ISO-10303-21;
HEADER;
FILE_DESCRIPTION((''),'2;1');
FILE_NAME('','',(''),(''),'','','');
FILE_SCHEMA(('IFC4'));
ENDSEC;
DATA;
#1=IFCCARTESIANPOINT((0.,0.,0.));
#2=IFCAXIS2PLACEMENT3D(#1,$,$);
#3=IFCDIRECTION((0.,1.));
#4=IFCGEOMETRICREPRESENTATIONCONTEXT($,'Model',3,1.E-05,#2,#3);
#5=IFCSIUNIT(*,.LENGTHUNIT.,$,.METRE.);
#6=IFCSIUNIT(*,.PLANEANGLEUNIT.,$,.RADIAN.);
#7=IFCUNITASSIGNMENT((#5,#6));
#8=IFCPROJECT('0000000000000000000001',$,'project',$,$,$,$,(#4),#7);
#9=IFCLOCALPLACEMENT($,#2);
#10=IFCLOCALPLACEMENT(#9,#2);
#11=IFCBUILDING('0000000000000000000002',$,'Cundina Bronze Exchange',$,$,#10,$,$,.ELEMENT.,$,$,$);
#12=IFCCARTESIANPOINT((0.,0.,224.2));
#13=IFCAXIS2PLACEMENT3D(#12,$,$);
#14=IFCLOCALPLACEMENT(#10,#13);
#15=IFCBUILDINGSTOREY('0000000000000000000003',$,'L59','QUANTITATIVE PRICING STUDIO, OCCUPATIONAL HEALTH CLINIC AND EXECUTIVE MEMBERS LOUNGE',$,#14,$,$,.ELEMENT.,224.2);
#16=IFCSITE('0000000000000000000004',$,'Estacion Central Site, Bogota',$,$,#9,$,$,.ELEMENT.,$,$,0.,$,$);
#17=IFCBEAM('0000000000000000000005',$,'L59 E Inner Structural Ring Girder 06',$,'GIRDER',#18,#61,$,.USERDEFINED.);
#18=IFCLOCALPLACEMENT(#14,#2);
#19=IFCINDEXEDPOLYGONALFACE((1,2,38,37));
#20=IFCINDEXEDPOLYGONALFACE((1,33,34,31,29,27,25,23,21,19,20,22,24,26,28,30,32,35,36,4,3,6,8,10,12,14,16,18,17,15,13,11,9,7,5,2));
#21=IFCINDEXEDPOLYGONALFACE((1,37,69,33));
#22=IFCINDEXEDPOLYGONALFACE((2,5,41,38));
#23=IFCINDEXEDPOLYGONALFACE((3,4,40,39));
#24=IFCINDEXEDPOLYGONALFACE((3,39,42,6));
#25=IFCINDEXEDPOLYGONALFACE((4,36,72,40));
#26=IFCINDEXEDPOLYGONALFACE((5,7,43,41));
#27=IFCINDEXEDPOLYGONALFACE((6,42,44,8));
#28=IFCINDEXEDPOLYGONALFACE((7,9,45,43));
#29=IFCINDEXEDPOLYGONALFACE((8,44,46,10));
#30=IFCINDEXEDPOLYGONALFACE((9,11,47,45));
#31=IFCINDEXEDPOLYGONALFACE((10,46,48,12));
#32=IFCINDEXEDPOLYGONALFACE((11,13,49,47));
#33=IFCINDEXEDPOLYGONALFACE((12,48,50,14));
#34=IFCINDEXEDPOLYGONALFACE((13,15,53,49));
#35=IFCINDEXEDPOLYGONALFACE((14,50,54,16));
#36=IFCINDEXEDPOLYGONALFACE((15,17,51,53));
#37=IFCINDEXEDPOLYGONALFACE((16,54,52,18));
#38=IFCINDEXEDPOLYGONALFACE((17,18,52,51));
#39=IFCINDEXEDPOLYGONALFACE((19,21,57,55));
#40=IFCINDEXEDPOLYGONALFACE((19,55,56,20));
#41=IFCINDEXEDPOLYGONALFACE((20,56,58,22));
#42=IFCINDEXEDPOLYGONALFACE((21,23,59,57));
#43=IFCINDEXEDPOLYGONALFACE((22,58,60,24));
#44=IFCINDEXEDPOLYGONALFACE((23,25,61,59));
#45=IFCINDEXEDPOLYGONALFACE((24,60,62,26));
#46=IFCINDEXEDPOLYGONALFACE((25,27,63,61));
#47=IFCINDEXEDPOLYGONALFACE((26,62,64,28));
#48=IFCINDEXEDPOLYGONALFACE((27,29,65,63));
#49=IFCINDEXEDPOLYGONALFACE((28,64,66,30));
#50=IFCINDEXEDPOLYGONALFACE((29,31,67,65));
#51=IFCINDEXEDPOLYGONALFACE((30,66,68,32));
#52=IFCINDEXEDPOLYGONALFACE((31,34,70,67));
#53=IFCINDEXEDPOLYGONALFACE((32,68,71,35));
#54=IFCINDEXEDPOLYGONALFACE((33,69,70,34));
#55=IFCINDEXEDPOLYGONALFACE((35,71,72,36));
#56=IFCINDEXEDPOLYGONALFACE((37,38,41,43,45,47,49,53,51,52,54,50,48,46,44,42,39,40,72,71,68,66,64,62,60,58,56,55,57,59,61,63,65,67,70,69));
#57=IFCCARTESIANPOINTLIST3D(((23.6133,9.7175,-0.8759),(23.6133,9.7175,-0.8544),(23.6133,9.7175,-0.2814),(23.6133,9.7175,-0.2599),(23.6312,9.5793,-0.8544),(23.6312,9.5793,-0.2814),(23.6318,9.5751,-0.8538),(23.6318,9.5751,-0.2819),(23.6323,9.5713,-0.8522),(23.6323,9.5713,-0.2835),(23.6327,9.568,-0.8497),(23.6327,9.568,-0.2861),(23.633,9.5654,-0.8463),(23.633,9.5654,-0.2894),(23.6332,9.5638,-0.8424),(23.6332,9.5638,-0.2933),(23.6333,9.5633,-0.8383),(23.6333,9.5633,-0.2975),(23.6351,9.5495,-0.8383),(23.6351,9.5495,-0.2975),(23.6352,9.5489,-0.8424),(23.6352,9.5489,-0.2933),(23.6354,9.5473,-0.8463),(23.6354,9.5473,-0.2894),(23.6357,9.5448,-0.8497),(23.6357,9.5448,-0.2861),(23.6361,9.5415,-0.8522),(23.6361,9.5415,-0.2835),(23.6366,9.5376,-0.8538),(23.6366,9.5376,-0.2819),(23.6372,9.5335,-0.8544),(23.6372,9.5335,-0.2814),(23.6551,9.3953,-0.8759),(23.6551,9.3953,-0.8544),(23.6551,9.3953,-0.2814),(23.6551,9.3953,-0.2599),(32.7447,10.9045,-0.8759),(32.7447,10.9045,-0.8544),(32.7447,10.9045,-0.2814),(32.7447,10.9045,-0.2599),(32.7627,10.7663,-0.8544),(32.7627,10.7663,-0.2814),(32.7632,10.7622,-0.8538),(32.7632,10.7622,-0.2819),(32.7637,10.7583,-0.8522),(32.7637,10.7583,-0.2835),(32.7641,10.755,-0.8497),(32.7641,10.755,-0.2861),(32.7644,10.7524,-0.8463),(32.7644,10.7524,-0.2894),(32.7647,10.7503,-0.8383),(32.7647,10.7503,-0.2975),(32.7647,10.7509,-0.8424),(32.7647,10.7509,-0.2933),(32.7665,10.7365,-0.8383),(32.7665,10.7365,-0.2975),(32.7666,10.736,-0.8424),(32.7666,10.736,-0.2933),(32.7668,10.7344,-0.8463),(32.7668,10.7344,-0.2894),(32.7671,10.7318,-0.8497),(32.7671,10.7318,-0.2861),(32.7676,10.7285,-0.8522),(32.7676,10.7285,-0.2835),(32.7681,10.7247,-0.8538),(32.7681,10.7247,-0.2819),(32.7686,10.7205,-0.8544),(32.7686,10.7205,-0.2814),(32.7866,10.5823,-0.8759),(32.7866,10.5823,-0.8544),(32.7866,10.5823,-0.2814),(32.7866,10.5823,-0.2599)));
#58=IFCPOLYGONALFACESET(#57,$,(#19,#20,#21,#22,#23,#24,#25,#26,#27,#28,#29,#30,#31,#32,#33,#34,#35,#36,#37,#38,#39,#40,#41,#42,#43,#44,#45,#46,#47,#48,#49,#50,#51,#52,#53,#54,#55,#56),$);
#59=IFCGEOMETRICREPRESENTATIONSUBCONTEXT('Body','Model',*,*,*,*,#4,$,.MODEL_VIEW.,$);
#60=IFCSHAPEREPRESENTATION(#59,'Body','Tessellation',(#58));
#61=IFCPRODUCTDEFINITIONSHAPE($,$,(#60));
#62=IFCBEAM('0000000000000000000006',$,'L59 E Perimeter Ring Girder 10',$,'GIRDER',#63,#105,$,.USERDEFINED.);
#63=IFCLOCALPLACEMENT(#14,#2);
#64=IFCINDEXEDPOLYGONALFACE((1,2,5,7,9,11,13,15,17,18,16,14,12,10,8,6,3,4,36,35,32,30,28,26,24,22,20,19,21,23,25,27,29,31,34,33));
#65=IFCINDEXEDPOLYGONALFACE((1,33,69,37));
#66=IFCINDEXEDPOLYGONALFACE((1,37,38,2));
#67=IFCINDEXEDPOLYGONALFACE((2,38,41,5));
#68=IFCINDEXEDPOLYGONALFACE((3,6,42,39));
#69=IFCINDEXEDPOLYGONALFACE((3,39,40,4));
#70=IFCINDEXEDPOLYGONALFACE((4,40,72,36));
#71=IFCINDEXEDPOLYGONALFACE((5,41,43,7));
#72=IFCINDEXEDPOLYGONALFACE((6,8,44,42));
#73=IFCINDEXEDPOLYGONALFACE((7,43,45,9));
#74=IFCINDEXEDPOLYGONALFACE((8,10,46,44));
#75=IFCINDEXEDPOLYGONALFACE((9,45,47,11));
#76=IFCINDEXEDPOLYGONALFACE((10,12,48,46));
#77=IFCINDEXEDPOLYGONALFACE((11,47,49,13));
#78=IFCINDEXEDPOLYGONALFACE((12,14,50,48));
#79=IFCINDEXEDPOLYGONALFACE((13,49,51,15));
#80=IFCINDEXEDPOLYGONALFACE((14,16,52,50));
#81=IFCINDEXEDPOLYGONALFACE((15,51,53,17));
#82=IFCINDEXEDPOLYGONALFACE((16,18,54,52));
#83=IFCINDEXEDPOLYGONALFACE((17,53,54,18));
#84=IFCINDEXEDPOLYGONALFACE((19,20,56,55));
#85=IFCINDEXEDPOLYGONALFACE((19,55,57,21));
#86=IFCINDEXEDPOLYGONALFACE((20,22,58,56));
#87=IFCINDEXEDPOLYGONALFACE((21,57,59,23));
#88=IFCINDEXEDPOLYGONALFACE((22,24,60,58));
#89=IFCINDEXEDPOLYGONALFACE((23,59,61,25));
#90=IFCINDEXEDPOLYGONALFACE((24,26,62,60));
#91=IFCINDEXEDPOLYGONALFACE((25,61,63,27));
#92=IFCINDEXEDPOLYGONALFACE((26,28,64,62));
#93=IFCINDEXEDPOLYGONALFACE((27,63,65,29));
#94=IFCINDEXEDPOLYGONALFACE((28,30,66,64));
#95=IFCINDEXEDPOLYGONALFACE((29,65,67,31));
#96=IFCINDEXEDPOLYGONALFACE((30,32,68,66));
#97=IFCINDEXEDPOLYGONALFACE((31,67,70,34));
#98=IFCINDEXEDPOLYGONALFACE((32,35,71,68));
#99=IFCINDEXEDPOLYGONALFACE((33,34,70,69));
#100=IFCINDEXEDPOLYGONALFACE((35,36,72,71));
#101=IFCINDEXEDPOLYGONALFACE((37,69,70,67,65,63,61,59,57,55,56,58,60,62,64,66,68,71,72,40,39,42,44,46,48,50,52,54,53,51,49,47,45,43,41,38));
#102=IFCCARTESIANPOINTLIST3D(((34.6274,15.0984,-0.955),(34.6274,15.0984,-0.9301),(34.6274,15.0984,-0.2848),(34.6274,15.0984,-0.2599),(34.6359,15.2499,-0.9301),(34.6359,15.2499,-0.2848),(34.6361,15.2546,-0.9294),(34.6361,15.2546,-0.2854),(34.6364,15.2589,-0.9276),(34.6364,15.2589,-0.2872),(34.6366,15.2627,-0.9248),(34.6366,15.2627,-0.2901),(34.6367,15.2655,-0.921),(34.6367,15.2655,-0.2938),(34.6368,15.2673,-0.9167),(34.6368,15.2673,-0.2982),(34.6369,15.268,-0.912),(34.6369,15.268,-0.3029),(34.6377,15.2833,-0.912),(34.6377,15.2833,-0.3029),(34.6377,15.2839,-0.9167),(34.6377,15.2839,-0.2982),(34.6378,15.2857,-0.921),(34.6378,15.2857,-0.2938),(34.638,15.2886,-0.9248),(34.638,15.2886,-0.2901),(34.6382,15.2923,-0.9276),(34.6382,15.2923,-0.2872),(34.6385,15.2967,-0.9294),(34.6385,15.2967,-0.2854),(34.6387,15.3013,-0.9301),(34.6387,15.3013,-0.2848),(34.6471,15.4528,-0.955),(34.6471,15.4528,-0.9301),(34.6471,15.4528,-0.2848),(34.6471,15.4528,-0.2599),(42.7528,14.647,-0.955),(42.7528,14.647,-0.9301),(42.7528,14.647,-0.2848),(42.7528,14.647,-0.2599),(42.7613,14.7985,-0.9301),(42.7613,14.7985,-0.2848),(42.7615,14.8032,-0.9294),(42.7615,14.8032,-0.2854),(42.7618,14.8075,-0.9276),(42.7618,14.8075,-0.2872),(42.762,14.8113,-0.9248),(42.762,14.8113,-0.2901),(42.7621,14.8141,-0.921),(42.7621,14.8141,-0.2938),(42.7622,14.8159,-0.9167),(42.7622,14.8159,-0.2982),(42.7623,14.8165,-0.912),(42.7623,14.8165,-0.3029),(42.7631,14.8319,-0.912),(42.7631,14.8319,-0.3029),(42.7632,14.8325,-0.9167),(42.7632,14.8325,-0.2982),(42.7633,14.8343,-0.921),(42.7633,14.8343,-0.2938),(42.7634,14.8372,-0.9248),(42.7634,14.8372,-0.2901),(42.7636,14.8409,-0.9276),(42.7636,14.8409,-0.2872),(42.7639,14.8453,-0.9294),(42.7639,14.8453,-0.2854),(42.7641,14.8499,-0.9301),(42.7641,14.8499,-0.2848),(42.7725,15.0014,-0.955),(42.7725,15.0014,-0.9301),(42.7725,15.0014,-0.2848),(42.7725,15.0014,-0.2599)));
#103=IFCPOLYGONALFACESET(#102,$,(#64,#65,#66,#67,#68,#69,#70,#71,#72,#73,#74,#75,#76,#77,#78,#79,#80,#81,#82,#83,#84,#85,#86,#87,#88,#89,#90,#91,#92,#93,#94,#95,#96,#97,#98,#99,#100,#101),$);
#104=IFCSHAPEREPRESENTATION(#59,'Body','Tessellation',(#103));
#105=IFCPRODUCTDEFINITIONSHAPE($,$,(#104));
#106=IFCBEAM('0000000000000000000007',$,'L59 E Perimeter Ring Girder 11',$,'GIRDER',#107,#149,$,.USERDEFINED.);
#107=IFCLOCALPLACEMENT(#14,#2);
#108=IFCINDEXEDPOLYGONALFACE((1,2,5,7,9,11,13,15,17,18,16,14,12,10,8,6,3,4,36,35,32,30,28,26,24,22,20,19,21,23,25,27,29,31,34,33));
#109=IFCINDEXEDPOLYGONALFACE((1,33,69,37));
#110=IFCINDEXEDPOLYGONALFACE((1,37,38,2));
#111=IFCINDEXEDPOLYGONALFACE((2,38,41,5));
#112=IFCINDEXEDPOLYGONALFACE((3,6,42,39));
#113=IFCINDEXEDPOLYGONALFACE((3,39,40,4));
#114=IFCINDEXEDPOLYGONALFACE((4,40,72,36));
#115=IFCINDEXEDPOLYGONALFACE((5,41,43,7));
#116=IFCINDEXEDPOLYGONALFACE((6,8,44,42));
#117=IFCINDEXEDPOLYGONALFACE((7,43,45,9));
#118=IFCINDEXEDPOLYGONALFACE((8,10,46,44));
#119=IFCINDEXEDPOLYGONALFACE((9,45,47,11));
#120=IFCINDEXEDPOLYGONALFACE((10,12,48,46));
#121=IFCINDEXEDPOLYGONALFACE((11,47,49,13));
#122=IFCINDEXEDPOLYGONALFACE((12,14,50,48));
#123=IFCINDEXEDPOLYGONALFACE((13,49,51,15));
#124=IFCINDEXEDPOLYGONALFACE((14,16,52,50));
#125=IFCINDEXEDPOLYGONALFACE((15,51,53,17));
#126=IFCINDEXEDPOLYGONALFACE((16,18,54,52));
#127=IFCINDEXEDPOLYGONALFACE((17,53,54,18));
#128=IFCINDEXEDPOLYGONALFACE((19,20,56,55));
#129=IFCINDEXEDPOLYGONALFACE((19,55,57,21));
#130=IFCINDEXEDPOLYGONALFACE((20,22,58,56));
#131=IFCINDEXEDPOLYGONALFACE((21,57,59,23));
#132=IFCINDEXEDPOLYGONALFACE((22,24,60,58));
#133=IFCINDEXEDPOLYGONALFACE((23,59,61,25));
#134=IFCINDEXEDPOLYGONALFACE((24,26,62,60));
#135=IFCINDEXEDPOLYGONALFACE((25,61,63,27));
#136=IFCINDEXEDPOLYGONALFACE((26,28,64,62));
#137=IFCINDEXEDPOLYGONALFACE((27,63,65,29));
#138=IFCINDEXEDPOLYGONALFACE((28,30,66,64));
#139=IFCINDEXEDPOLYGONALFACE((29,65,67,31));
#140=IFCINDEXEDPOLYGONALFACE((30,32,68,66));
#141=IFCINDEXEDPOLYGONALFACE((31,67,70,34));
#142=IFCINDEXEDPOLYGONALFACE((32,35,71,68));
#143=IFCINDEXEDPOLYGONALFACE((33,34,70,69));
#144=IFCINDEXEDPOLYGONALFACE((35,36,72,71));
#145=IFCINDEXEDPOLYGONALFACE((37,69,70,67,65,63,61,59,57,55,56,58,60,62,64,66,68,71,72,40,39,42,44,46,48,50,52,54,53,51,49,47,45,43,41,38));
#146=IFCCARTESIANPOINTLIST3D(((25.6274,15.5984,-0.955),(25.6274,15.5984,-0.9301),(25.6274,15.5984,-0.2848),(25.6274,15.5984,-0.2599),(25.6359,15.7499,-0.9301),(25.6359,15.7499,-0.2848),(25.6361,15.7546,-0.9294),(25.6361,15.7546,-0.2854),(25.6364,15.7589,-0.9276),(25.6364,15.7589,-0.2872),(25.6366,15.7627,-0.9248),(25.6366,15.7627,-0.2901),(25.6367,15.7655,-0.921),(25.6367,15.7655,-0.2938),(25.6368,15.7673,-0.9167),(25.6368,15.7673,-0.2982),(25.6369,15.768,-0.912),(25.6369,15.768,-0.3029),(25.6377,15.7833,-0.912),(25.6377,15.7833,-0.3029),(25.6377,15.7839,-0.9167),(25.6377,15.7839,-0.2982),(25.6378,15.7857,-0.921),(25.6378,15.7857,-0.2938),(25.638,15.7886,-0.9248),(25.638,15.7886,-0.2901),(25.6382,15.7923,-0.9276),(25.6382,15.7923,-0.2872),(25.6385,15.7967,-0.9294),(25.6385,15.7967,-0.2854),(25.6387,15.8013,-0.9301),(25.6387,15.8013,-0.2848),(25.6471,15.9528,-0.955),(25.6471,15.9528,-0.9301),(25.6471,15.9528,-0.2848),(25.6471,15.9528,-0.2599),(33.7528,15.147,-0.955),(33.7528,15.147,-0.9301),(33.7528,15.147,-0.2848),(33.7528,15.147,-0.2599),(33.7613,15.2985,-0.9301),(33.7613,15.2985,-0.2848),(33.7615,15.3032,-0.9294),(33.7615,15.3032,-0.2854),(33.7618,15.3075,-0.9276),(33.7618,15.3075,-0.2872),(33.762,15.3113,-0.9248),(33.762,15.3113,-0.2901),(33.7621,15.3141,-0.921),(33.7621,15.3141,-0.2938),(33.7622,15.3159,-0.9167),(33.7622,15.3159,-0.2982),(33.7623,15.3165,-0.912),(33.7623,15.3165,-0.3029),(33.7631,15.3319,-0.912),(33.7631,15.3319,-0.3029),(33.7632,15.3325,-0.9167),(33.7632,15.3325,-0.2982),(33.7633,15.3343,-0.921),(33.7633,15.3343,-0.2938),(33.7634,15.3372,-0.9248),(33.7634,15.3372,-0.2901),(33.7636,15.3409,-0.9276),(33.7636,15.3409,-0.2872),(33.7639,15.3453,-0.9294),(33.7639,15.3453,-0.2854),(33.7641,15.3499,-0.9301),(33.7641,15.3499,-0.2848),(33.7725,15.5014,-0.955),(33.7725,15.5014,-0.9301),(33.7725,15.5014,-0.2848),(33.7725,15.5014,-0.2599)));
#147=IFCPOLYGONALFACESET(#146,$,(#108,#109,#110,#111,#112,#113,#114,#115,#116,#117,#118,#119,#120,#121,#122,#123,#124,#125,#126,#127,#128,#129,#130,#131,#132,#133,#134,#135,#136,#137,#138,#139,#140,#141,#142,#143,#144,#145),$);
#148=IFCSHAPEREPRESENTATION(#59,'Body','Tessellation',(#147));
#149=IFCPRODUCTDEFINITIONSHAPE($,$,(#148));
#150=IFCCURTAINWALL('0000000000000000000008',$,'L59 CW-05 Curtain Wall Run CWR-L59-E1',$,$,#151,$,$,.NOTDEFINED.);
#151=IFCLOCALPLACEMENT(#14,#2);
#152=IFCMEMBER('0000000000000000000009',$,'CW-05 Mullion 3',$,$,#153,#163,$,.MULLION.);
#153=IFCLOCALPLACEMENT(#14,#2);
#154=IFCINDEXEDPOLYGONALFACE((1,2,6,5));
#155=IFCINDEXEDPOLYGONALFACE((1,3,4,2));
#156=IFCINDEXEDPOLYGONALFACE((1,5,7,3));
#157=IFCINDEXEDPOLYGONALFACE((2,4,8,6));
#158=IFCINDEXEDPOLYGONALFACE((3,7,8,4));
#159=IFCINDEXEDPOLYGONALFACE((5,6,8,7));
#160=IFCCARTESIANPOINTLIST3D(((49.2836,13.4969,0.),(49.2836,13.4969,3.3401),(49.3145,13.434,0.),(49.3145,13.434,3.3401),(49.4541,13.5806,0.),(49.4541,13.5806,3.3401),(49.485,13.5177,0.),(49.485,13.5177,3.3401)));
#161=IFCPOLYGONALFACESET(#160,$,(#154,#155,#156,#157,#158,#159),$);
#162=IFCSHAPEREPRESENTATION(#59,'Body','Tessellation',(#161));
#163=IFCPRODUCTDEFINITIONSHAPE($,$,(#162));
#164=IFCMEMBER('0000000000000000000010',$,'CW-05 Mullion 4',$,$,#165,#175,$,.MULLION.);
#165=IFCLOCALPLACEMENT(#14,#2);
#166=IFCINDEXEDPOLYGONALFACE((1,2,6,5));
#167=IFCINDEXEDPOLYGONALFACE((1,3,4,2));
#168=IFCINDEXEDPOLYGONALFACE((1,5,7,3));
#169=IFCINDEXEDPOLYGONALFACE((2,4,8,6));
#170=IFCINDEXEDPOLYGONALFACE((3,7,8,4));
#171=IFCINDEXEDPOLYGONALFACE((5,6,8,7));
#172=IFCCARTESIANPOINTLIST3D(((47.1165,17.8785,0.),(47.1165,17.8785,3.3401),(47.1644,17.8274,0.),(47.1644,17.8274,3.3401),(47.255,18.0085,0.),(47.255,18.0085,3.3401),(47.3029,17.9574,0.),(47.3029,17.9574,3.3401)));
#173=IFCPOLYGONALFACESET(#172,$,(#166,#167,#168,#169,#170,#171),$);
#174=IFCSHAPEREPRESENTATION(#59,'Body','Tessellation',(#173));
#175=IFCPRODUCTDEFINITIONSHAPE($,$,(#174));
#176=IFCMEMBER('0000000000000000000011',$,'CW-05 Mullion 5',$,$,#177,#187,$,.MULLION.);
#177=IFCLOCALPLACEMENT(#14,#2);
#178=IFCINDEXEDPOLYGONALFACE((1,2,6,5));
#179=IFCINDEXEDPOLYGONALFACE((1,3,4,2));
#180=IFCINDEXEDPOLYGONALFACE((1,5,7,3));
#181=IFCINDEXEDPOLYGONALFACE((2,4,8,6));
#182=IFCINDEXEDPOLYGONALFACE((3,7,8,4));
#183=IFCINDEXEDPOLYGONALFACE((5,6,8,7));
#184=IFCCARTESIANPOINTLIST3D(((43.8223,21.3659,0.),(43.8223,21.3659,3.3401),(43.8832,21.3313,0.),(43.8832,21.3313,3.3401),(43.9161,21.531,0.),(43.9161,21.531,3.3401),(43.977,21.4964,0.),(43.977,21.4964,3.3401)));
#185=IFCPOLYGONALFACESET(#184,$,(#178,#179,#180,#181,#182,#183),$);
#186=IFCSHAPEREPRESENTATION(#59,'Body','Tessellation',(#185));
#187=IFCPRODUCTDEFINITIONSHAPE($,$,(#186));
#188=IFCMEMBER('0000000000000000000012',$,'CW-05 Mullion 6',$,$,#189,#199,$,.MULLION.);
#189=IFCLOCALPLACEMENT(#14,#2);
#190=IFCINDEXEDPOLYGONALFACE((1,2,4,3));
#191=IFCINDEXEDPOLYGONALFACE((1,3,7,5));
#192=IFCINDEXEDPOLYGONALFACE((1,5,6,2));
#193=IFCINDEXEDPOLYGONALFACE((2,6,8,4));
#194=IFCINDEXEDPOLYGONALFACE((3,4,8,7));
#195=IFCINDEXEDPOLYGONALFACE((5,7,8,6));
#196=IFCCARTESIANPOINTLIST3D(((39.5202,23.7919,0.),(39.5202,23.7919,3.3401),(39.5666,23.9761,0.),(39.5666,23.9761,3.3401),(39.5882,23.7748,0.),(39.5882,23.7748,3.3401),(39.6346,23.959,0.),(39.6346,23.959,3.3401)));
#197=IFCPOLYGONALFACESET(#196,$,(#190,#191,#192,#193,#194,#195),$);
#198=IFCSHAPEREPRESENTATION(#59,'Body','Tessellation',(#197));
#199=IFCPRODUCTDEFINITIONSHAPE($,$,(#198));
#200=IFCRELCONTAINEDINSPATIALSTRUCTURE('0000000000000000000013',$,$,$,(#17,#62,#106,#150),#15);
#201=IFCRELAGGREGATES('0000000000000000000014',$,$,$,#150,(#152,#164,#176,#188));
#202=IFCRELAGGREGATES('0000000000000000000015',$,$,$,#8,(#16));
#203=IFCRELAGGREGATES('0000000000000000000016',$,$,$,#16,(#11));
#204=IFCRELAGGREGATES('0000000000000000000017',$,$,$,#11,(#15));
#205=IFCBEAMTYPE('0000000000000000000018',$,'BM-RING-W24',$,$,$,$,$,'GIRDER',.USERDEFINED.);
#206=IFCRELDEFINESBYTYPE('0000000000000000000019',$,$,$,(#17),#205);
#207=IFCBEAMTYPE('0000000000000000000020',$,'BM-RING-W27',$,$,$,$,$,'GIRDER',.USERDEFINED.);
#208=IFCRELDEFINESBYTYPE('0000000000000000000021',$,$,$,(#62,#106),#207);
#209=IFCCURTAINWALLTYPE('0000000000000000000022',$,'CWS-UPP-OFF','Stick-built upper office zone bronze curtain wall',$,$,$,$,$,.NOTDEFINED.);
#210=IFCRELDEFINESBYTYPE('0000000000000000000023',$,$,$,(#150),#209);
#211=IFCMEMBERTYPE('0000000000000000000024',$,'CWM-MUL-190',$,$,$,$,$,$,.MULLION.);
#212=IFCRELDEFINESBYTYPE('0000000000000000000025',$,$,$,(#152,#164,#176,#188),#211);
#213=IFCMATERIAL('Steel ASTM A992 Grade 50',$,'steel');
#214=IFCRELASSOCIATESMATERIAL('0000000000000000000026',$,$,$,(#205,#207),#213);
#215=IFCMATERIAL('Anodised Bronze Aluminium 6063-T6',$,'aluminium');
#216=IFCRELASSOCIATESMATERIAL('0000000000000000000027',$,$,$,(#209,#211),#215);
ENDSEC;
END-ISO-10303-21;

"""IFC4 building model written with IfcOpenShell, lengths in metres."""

from ifc_helpers import new_model, si_unit, direction, frame, origin, origin_2d, place, context, subcontext, project, spatial, rectangle, i_section, extrude, material, material_profile, profile_set, type_object, element, aggregate, save


model = new_model("IFC4")

# Units and contexts
model_context = context("Model", 3, precision=1e-05, world=origin(), true_north=direction((0.0, 1.0)))
body_context = subcontext(model_context, "Body", "Model", "MODEL_VIEW")
ifc_project = project(units=[si_unit("LENGTHUNIT", "METRE"), si_unit("PLANEANGLEUNIT", "RADIAN")], contexts=[model_context])

# Site, building, storey
site_placement = place(None, origin())
site = spatial("IfcSite", under=ifc_project, at=site_placement, Name="Estacion Central Site, Bogota", CompositionType="ELEMENT", RefElevation=0.0)
building_placement = place(site_placement, origin())
building = spatial("IfcBuilding", under=site, at=building_placement, Name="Cundina Bronze Exchange", CompositionType="ELEMENT")
storey_placement = place(building_placement, frame((0.0, 0.0, 224.2)))
storey = spatial("IfcBuildingStorey", under=building, at=storey_placement, Name="L59", Description="QUANTITATIVE PRICING STUDIO, OCCUPATIONAL HEALTH CLINIC AND EXECUTIVE MEMBERS LOUNGE", CompositionType="ELEMENT", Elevation=224.2)

# Beams
ifc_material_1 = material(Name="Steel ASTM A992 Grade 50", Category="steel")
ifc_material_profile_1 = material_profile(ifc_material_1, i_section(OverallWidth=0.325, OverallDepth=0.616, WebThickness=0.0139, FlangeThickness=0.0215, FilletRadius=0.0161, at=origin_2d()), Name="W24X117", Category="steel")
ifc_profile_set_1 = profile_set([ifc_material_profile_1], Name="Steel ASTM A992 Grade 50")
beam_type_1 = type_object("IfcBeamType", Name="BM-RING-W24", ElementType="GIRDER", PredefinedType="USERDEFINED", material=ifc_profile_set_1)
beam_1_placement = place(storey_placement, frame((32.7656, 10.7434, -0.5679), z_axis=(-0.991656, -0.128908, 0.0), x_axis=(0.128908, -0.991656, 0.0)))
element("IfcBeam", 1, at=beam_1_placement, inside=storey, type_object=beam_type_1, Name="L59 E Inner Structural Ring Girder 06", ObjectType="GIRDER", PredefinedType="USERDEFINED", context=body_context, shape_type="SweptSolid", body=[
    extrude(i_section(OverallWidth=0.325, OverallDepth=0.616, WebThickness=0.0139, FlangeThickness=0.0215, FilletRadius=0.0161, at=origin_2d()), origin(), (0.0, 0.0, 1.0), 9.2083),
])
ifc_material_profile_2 = material_profile(ifc_material_1, i_section(OverallWidth=0.355, OverallDepth=0.6951, WebThickness=0.0154, FlangeThickness=0.0249, FilletRadius=0.0181, at=origin_2d()), Name="W27X146", Category="steel")
ifc_profile_set_2 = profile_set([ifc_material_profile_2], Name="Steel ASTM A992 Grade 50")
beam_type_2 = type_object("IfcBeamType", Name="BM-RING-W27", ElementType="GIRDER", PredefinedType="USERDEFINED", material=ifc_profile_set_2)
for number, where, z_axis, x_axis, name in (
    (2, (42.7627, 14.8242, -0.6074), (-0.99846, 0.05547, 0.0), (-0.05547, -0.99846, 0.0), "L59 E Perimeter Ring Girder 10"),
    (3, (33.7627, 15.3242, -0.6074), (-0.99846, 0.05547, 0.0), (-0.05547, -0.99846, 0.0), "L59 E Perimeter Ring Girder 11"),
):
    element("IfcBeam", number, at=place(storey_placement, frame(where, z_axis=z_axis, x_axis=x_axis)), inside=storey, type_object=beam_type_2, Name=name, ObjectType="GIRDER", PredefinedType="USERDEFINED", context=body_context, shape_type="SweptSolid", body=[
        extrude(i_section(OverallWidth=0.355, OverallDepth=0.6951, WebThickness=0.0154, FlangeThickness=0.0249, FilletRadius=0.0181, at=origin_2d()), origin(), (0.0, 0.0, 1.0), 8.1379),
    ])

# Curtain wall, members
ifc_material_2 = material(Name="Anodised Bronze Aluminium 6063-T6", Category="aluminium")
curtain_wall_type = type_object("IfcCurtainWallType", Name="CWS-UPP-OFF", Description="Stick-built upper office zone bronze curtain wall", PredefinedType="NOTDEFINED", material=ifc_material_2)
curtain_wall_1_placement = place(storey_placement, origin())
curtain_wall_1 = element("IfcCurtainWall", 4, at=curtain_wall_1_placement, inside=storey, type_object=curtain_wall_type, Name="L59 CW-05 Curtain Wall Run CWR-L59-E1", PredefinedType="NOTDEFINED")
ifc_material_profile_3 = material_profile(ifc_material_2, rectangle(XDim=0.0701, YDim=0.1899, at=origin_2d()), Name="AL70X190", Category="aluminium")
ifc_profile_set_3 = profile_set([ifc_material_profile_3], Name="Anodised Bronze Aluminium 6063-T6")
member_type_1 = type_object("IfcMemberType", Name="CWM-MUL-190", PredefinedType="MULLION", material=ifc_profile_set_3)
member_1_placement = place(storey_placement, frame((49.3843, 13.5073, 0.0), z_axis=(0.0, 0.0, 1.0), x_axis=(-0.440566, 0.89772, 0.0)))
member_1 = element("IfcMember", 5, at=member_1_placement, type_object=member_type_1, Name="CW-05 Mullion 3", PredefinedType="MULLION", context=body_context, shape_type="SweptSolid", body=[
    extrude(rectangle(XDim=0.0701, YDim=0.1899, at=origin_2d()), origin(), (0.0, 0.0, 1.0), 3.3401),
])
member_2_placement = place(storey_placement, frame((47.2097, 17.918, 0.0), z_axis=(0.0, 0.0, 1.0), x_axis=(-0.684293, 0.729208, 0.0)))
member_2 = element("IfcMember", 6, at=member_2_placement, type_object=member_type_1, Name="CW-05 Mullion 4", PredefinedType="MULLION", context=body_context, shape_type="SweptSolid", body=[
    extrude(rectangle(XDim=0.0701, YDim=0.1899, at=origin_2d()), origin(), (0.0, 0.0, 1.0), 3.3401),
])
member_3_placement = place(storey_placement, frame((43.8997, 21.4312, 0.0), z_axis=(0.0, 0.0, 1.0), x_axis=(-0.869581, 0.49379, 0.0)))
member_3 = element("IfcMember", 7, at=member_3_placement, type_object=member_type_1, Name="CW-05 Mullion 5", PredefinedType="MULLION", context=body_context, shape_type="SweptSolid", body=[
    extrude(rectangle(XDim=0.0701, YDim=0.1899, at=origin_2d()), origin(), (0.0, 0.0, 1.0), 3.3401),
])
member_4_placement = place(storey_placement, frame((39.5774, 23.8755, 0.0), z_axis=(0.0, 0.0, 1.0), x_axis=(-0.969744, 0.244123, 0.0)))
member_4 = element("IfcMember", 8, at=member_4_placement, type_object=member_type_1, Name="CW-05 Mullion 6", PredefinedType="MULLION", context=body_context, shape_type="SweptSolid", body=[
    extrude(rectangle(XDim=0.0701, YDim=0.1899, at=origin_2d()), origin(), (0.0, 0.0, 1.0), 3.3401),
])

aggregate(curtain_wall_1, [member_1, member_2, member_3, member_4])

save(model, "model.ifc")
